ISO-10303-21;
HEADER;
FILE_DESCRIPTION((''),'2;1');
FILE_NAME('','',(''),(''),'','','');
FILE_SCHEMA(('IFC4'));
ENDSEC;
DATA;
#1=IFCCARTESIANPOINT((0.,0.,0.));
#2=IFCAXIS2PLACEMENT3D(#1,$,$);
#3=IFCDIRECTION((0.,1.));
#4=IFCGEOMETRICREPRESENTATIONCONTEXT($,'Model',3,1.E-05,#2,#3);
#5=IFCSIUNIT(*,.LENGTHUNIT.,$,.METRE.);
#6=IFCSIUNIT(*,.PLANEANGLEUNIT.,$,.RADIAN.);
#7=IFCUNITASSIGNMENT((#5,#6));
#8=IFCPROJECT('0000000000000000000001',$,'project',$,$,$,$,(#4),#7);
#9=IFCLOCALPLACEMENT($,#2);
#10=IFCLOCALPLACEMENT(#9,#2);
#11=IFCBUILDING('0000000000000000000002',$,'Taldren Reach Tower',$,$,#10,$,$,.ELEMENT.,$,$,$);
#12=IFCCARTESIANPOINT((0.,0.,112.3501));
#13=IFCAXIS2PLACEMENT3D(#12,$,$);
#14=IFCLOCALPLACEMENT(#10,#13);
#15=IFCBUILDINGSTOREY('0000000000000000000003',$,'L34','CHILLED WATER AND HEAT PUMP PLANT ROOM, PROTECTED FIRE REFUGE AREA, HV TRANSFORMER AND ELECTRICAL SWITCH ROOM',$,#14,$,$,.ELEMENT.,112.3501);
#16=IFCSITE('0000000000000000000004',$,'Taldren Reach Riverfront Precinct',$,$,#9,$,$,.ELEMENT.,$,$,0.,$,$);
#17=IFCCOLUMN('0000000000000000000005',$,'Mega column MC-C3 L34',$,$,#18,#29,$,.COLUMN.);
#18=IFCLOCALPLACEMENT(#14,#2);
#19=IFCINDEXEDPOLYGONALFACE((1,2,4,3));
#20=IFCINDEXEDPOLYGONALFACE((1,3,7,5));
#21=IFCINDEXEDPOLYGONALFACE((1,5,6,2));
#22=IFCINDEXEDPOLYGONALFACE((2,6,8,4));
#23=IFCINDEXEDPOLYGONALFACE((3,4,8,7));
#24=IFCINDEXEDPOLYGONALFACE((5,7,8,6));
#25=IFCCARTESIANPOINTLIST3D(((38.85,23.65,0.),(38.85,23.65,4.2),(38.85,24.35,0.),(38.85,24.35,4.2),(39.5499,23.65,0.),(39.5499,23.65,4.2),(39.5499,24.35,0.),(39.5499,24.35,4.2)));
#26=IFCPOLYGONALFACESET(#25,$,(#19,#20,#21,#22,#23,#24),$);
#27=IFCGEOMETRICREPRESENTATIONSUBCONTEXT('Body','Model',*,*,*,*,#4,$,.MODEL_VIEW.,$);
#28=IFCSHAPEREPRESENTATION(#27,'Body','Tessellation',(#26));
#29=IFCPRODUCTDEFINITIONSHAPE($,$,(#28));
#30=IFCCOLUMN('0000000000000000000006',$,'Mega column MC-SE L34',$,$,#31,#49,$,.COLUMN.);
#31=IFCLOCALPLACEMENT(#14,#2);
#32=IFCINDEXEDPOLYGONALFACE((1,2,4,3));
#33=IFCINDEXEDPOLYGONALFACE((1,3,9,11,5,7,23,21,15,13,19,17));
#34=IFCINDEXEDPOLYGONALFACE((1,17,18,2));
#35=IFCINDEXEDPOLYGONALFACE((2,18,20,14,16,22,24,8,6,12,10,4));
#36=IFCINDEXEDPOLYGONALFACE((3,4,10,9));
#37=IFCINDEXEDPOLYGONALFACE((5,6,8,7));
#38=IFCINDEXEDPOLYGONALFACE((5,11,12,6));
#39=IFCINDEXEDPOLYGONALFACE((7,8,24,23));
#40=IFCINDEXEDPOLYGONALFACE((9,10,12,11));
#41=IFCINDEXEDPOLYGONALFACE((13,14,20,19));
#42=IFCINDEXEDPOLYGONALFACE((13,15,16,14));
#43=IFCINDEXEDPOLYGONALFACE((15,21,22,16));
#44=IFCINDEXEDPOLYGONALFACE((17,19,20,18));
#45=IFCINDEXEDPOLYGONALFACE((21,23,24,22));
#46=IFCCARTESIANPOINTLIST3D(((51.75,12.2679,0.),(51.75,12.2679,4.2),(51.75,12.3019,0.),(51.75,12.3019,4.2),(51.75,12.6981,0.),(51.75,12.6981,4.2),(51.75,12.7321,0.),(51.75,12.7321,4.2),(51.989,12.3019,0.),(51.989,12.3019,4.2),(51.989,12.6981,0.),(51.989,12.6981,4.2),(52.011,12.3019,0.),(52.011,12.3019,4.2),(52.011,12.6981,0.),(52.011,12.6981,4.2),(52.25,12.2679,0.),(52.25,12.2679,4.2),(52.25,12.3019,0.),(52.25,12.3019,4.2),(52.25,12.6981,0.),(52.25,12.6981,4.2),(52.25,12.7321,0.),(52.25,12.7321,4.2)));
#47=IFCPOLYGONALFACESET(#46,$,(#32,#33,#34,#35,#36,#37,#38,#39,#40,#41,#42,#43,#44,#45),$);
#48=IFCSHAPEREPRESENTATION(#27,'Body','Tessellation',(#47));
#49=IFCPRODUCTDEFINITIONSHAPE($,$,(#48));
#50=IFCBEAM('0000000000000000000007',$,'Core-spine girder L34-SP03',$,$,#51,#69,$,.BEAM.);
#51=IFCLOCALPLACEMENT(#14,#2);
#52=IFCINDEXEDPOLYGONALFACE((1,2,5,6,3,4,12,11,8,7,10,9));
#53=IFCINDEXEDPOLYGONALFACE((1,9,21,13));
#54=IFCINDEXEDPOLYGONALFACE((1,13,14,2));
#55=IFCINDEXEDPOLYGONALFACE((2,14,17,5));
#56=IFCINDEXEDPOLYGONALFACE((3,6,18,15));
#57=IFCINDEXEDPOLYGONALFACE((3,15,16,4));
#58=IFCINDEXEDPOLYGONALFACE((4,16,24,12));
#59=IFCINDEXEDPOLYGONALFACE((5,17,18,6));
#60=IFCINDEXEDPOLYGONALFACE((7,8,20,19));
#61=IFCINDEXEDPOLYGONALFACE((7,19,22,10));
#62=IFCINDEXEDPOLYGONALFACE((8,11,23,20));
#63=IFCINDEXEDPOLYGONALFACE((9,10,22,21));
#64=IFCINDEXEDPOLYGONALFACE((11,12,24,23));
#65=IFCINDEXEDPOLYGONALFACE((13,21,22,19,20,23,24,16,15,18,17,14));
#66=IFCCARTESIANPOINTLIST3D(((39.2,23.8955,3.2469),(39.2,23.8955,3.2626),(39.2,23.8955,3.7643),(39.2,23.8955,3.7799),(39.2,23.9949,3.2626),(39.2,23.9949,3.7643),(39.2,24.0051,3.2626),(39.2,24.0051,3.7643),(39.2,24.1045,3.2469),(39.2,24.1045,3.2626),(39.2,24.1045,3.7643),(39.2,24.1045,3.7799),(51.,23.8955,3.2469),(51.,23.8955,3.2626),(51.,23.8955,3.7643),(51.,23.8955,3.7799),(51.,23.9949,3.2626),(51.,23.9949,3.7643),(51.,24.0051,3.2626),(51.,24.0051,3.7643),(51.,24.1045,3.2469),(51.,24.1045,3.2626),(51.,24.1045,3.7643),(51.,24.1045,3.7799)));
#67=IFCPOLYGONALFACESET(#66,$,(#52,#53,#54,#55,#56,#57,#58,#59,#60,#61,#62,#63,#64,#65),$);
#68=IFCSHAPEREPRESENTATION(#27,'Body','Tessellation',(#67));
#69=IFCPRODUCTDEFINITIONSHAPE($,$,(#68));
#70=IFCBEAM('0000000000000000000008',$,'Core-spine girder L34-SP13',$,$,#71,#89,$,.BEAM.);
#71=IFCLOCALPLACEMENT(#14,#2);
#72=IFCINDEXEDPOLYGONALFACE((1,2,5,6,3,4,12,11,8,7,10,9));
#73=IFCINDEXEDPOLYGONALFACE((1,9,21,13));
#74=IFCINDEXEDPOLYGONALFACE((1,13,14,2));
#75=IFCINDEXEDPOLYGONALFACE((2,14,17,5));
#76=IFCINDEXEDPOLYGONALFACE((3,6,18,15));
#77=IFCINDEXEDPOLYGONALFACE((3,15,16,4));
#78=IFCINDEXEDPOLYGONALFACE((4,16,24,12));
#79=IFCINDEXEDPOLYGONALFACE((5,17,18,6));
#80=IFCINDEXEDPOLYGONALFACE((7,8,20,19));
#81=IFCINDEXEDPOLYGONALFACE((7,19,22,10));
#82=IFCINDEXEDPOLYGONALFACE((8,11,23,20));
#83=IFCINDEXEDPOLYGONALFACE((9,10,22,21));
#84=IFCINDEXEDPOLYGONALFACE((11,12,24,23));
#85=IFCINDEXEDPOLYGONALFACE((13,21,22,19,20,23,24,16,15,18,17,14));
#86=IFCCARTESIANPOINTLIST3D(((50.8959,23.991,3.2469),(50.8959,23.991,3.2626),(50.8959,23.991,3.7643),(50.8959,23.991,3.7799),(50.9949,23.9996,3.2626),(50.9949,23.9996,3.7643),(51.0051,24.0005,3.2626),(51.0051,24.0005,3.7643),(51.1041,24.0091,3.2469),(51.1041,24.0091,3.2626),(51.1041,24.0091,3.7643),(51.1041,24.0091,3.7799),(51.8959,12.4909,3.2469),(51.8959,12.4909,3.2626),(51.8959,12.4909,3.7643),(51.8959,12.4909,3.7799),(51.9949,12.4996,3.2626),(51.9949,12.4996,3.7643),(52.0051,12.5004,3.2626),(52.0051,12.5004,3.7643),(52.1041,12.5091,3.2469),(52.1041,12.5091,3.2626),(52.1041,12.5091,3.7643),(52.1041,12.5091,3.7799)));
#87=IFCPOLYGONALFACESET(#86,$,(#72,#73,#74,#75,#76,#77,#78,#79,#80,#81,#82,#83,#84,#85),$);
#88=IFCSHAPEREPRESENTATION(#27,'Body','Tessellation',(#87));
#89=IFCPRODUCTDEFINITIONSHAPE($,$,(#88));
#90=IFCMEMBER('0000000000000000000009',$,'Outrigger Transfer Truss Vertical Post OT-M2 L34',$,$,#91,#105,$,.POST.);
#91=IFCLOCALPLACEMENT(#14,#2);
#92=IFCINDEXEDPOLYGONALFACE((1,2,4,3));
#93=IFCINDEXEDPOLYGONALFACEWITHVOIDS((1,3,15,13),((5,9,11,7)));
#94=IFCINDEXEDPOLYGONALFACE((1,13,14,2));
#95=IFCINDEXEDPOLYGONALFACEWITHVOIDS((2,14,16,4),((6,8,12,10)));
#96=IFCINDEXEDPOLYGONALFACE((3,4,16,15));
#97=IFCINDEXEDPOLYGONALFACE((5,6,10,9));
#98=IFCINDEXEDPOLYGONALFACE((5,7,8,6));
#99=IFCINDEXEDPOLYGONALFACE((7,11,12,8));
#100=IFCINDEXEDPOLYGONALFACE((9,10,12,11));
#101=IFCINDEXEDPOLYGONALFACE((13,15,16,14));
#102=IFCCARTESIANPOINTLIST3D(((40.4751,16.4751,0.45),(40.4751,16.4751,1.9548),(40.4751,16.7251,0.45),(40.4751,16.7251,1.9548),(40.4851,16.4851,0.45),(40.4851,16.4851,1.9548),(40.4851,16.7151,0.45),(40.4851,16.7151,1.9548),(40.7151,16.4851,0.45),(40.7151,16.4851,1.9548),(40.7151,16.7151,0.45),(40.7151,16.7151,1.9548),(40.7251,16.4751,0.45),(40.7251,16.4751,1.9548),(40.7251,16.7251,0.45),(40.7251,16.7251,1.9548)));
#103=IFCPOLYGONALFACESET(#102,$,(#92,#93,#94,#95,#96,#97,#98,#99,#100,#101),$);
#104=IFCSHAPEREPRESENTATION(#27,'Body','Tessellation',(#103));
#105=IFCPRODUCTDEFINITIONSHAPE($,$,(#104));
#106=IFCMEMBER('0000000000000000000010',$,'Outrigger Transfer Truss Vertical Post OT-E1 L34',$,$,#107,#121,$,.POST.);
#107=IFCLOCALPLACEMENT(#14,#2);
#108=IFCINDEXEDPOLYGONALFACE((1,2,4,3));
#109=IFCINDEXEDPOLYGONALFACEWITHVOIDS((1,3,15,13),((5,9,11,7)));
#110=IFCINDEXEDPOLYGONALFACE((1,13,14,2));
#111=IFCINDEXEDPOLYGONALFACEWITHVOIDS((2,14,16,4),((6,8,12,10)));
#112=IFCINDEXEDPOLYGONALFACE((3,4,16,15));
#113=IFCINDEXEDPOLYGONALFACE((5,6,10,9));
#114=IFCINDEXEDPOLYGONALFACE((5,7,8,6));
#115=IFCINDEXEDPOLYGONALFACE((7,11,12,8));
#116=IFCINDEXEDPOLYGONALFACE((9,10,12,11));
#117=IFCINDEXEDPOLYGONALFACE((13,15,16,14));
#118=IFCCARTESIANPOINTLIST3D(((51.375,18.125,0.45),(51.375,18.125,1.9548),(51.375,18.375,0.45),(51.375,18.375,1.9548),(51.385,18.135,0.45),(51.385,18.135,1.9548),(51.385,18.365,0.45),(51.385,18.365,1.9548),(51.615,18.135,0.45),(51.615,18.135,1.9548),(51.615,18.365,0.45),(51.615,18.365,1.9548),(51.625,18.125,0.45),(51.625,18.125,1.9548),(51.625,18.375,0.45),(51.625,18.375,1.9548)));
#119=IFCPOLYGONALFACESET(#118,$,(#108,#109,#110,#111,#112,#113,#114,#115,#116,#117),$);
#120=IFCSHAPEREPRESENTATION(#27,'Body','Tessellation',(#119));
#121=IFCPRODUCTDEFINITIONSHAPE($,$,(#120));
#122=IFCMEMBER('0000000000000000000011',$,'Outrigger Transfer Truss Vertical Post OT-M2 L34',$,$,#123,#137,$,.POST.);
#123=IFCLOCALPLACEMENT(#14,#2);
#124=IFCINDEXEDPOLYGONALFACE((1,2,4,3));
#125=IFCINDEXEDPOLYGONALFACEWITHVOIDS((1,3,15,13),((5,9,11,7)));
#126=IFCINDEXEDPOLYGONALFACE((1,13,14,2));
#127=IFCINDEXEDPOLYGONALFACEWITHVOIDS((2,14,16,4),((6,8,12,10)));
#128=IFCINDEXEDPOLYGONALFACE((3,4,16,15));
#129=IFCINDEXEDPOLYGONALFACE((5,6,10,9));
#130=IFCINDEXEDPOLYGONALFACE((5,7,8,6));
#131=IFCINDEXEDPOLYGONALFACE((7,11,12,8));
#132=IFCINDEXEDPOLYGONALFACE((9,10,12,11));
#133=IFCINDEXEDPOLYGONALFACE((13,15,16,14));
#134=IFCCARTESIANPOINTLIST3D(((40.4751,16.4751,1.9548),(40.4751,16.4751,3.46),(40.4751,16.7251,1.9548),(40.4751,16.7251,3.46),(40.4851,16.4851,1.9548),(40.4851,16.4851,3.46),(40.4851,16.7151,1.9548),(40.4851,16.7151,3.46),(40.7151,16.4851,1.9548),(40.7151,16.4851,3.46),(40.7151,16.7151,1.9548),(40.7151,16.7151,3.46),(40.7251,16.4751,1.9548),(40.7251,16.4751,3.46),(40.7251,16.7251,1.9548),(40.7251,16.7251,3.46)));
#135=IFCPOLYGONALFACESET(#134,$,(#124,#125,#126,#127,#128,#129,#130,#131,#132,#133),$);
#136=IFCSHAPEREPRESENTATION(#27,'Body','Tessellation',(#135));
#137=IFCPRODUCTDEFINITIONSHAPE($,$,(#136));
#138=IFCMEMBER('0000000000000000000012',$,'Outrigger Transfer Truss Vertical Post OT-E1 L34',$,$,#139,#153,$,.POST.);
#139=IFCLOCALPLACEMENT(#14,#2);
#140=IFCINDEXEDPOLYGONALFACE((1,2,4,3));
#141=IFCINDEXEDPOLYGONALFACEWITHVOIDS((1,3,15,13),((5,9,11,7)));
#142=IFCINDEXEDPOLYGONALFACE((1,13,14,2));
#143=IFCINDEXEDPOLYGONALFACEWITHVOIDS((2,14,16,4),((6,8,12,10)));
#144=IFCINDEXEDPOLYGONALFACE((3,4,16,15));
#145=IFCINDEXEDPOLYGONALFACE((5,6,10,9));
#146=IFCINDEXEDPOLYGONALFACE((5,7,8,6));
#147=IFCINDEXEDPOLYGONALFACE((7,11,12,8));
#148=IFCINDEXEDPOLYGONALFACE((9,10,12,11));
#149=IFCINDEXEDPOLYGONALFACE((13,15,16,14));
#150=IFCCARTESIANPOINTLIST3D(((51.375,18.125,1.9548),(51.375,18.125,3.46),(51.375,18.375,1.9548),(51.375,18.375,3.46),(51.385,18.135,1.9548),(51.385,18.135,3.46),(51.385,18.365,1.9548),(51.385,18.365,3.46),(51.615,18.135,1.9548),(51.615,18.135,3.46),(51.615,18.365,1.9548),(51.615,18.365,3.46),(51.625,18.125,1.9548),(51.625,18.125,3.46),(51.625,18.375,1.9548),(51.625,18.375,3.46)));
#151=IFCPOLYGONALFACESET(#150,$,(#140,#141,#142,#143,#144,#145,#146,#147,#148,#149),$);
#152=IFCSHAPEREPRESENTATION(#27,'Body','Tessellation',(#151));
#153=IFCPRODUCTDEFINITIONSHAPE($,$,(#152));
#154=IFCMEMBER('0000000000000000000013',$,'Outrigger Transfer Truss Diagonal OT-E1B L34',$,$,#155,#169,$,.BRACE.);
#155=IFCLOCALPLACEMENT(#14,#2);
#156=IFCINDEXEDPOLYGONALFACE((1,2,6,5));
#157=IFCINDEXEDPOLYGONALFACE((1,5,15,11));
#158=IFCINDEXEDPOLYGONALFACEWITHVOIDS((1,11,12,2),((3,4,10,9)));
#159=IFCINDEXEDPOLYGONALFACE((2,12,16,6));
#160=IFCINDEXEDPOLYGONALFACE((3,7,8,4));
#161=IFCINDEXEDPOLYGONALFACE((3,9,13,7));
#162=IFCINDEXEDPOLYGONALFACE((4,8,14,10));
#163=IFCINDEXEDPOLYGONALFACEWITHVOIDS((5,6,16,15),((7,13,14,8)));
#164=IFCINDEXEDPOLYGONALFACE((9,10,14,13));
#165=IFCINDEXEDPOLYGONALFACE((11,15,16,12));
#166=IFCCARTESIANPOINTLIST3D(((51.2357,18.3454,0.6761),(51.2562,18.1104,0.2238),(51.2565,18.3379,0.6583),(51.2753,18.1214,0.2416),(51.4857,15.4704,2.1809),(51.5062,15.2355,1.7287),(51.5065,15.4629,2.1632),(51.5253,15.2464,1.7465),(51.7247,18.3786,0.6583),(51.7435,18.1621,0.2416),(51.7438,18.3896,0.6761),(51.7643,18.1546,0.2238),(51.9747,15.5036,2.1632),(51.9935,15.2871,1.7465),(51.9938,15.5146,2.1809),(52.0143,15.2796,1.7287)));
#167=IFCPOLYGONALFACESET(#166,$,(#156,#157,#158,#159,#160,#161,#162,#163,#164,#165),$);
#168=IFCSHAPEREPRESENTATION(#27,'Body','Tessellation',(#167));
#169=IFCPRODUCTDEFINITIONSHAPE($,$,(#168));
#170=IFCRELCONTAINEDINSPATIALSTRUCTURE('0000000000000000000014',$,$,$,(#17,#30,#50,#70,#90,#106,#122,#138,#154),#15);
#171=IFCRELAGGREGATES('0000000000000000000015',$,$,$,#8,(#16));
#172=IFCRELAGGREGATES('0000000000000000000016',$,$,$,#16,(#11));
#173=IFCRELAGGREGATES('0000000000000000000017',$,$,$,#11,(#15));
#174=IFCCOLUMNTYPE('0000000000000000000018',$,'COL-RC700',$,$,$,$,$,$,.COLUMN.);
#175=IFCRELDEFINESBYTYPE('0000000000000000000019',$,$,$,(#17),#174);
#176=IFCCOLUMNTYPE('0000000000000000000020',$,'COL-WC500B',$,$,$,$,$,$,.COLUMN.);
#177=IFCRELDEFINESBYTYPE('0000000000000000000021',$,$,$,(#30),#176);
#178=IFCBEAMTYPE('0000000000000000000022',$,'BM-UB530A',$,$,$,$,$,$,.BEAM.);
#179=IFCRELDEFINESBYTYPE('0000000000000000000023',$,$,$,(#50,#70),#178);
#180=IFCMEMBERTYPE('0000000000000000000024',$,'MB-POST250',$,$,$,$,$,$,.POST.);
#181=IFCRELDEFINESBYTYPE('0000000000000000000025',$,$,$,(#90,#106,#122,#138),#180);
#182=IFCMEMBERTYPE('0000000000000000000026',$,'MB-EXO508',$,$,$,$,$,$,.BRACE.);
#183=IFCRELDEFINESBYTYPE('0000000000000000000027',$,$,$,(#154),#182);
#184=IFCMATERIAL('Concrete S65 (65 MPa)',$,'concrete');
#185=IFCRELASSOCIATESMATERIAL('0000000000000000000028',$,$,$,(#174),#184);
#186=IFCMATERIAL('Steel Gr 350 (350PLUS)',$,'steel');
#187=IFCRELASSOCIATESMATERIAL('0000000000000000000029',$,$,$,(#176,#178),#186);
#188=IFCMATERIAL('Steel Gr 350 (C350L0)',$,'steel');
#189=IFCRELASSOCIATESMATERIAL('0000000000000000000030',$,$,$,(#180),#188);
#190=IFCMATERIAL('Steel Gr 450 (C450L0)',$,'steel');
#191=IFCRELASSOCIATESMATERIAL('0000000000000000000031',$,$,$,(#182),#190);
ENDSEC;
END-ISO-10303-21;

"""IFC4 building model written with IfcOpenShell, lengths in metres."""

from ifc_helpers import new_model, si_unit, direction, frame, origin, origin_2d, place, context, subcontext, project, spatial, rectangle, hollow_rectangle, i_section, extrude, source, transform, mapped, material, material_profile, profile_set, type_object, element, save


model = new_model("IFC4")

# Units and contexts
model_context = context("Model", 3, precision=1e-05, world=origin(), true_north=direction((0.0, 1.0)))
body_context = subcontext(model_context, "Body", "Model", "MODEL_VIEW")
ifc_project = project(units=[si_unit("LENGTHUNIT", "METRE"), si_unit("PLANEANGLEUNIT", "RADIAN")], contexts=[model_context])

# Site, building, storey
site_placement = place(None, origin())
site = spatial("IfcSite", under=ifc_project, at=site_placement, Name="Taldren Reach Riverfront Precinct", CompositionType="ELEMENT", RefElevation=0.0)
building_placement = place(site_placement, origin())
building = spatial("IfcBuilding", under=site, at=building_placement, Name="Taldren Reach Tower", CompositionType="ELEMENT")
storey_placement = place(building_placement, frame((0.0, 0.0, 112.3501)))
storey = spatial("IfcBuildingStorey", under=building, at=storey_placement, Name="L34", Description="CHILLED WATER AND HEAT PUMP PLANT ROOM, PROTECTED FIRE REFUGE AREA, HV TRANSFORMER AND ELECTRICAL SWITCH ROOM", CompositionType="ELEMENT", Elevation=112.3501)

# Columns
ifc_material_1 = material(Name="Concrete S65 (65 MPa)", Category="concrete")
ifc_material_profile_1 = material_profile(ifc_material_1, rectangle(XDim=0.7, YDim=0.7, at=origin_2d()), Name="RC-700x700")
ifc_profile_set_1 = profile_set([ifc_material_profile_1], Name="Concrete S65 (65 MPa)")
column_type_1 = type_object("IfcColumnType", Name="COL-RC700", PredefinedType="COLUMN", material=ifc_profile_set_1)
shared_shape_1 = source(origin(), body_context, "Body", "SweptSolid", [
    extrude(rectangle(XDim=0.7, YDim=0.7, at=origin_2d()), origin(), (0.0, 0.0, 1.0), 4.2),
])
column_1_placement = place(storey_placement, frame((39.2, 24.0, 0.0), z_axis=(0.0, 0.0, 1.0), x_axis=(1.0, 0.0, 0.0)))
element("IfcColumn", 1, at=column_1_placement, inside=storey, type_object=column_type_1, Name="Mega column MC-C3 L34", PredefinedType="COLUMN", context=body_context, shape_type="MappedRepresentation", body=[
    mapped(shared_shape_1, transform((0.0, 0.0, 0.0), scale=1.0)),
])
ifc_material_2 = material(Name="Steel Gr 350 (350PLUS)", Category="steel")
ifc_material_profile_2 = material_profile(ifc_material_2, i_section(OverallWidth=0.5, OverallDepth=0.4641, WebThickness=0.022, FlangeThickness=0.0339, at=origin_2d()), Name="500WC340")
ifc_profile_set_2 = profile_set([ifc_material_profile_2], Name="Steel Gr 350 (350PLUS)")
column_type_2 = type_object("IfcColumnType", Name="COL-WC500B", PredefinedType="COLUMN", material=ifc_profile_set_2)
shared_shape_2 = source(origin(), body_context, "Body", "SweptSolid", [
    extrude(i_section(OverallWidth=0.5, OverallDepth=0.4641, WebThickness=0.022, FlangeThickness=0.0339, at=origin_2d()), origin(), (0.0, 0.0, 1.0), 4.2),
])
column_2_placement = place(storey_placement, frame((52.0, 12.5, 0.0), z_axis=(0.0, 0.0, 1.0), x_axis=(1.0, 0.0, 0.0)))
element("IfcColumn", 2, at=column_2_placement, inside=storey, type_object=column_type_2, Name="Mega column MC-SE L34", PredefinedType="COLUMN", context=body_context, shape_type="MappedRepresentation", body=[
    mapped(shared_shape_2, transform((0.0, 0.0, 0.0), scale=1.0)),
])

# Beams
ifc_material_profile_3 = material_profile(ifc_material_2, i_section(OverallWidth=0.209, OverallDepth=0.533, WebThickness=0.0103, FlangeThickness=0.0156, at=origin_2d()), Name="530UB92.4")
ifc_profile_set_3 = profile_set([ifc_material_profile_3], Name="Steel Gr 350 (350PLUS)")
beam_type_1 = type_object("IfcBeamType", Name="BM-UB530A", PredefinedType="BEAM", material=ifc_profile_set_3)
shared_shape_3 = source(origin(), body_context, "Body", "SweptSolid", [
    extrude(i_section(OverallWidth=0.209, OverallDepth=0.533, WebThickness=0.0103, FlangeThickness=0.0156, at=origin_2d()), origin(), (0.0, 0.0, 1.0), 11.8),
])
beam_1_placement = place(storey_placement, frame((39.2, 24.0, 3.5134), z_axis=(1.0, 0.0, 0.0), x_axis=(0.0, 1.0, 0.0)))
element("IfcBeam", 3, at=beam_1_placement, inside=storey, type_object=beam_type_1, Name="Core-spine girder L34-SP03", PredefinedType="BEAM", context=body_context, shape_type="MappedRepresentation", body=[
    mapped(shared_shape_3, transform((0.0, 0.0, 0.0), scale=1.0)),
])
shared_shape_4 = source(origin(), body_context, "Body", "SweptSolid", [
    extrude(i_section(OverallWidth=0.209, OverallDepth=0.533, WebThickness=0.0103, FlangeThickness=0.0156, at=origin_2d()), origin(), (0.0, 0.0, 1.0), 11.5435),
])
beam_2_placement = place(storey_placement, frame((52.0, 12.5, 3.5134), z_axis=(-0.08663, 0.996241, 0.0), x_axis=(-0.996241, -0.08663, 0.0)))
element("IfcBeam", 4, at=beam_2_placement, inside=storey, type_object=beam_type_1, Name="Core-spine girder L34-SP13", PredefinedType="BEAM", context=body_context, shape_type="MappedRepresentation", body=[
    mapped(shared_shape_4, transform((0.0, 0.0, 0.0), scale=1.0)),
])

# Members
ifc_material_3 = material(Name="Steel Gr 350 (C350L0)", Category="steel")
ifc_material_profile_4 = material_profile(ifc_material_3, hollow_rectangle(XDim=0.25, YDim=0.25, WallThickness=0.01, at=origin_2d()), Name="250x250x10.0SHS")
ifc_profile_set_4 = profile_set([ifc_material_profile_4], Name="Steel Gr 350 (C350L0)")
member_type_1 = type_object("IfcMemberType", Name="MB-POST250", PredefinedType="POST", material=ifc_profile_set_4)
shared_shape_5 = source(origin(), body_context, "Body", "SweptSolid", [
    extrude(hollow_rectangle(XDim=0.25, YDim=0.25, WallThickness=0.01, at=origin_2d()), origin(), (0.0, 0.0, 1.0), 1.5049),
])
for number, where, z_axis, x_axis, name in (
    (5, (40.6001, 16.6001, 0.45), (0.0, 0.0, 1.0), (1.0, 0.0, 0.0), "Outrigger Transfer Truss Vertical Post OT-M2 L34"),
    (6, (51.5, 18.25, 0.45), (0.0, 0.0, 1.0), (1.0, 0.0, 0.0), "Outrigger Transfer Truss Vertical Post OT-E1 L34"),
):
    element("IfcMember", number, at=place(storey_placement, frame(where, z_axis=z_axis, x_axis=x_axis)), inside=storey, type_object=member_type_1, Name=name, PredefinedType="POST", context=body_context, shape_type="MappedRepresentation", body=[
        mapped(shared_shape_5, transform((0.0, 0.0, 0.0), scale=1.0)),
    ])
shared_shape_6 = source(origin(), body_context, "Body", "SweptSolid", [
    extrude(hollow_rectangle(XDim=0.25, YDim=0.25, WallThickness=0.01, at=origin_2d()), origin(), (0.0, 0.0, 1.0), 1.5051),
])
for number, where, z_axis, x_axis, name in (
    (7, (40.6001, 16.6001, 1.9548), (0.0, 0.0, 1.0), (1.0, 0.0, 0.0), "Outrigger Transfer Truss Vertical Post OT-M2 L34"),
    (8, (51.5, 18.25, 1.9548), (0.0, 0.0, 1.0), (1.0, 0.0, 0.0), "Outrigger Transfer Truss Vertical Post OT-E1 L34"),
):
    element("IfcMember", number, at=place(storey_placement, frame(where, z_axis=z_axis, x_axis=x_axis)), inside=storey, type_object=member_type_1, Name=name, PredefinedType="POST", context=body_context, shape_type="MappedRepresentation", body=[
        mapped(shared_shape_6, transform((0.0, 0.0, 0.0), scale=1.0)),
    ])
ifc_material_4 = material(Name="Steel Gr 450 (C450L0)", Category="steel")
ifc_material_profile_5 = material_profile(ifc_material_4, hollow_rectangle(XDim=0.51, YDim=0.51, WallThickness=0.02, at=origin_2d()), Name="510x510x20.0SHS")
ifc_profile_set_5 = profile_set([ifc_material_profile_5], Name="Steel Gr 450 (C450L0)")
member_type_2 = type_object("IfcMemberType", Name="MB-EXO508", PredefinedType="BRACE", material=ifc_profile_set_5)
shared_shape_7 = source(origin(), body_context, "Body", "SweptSolid", [
    extrude(hollow_rectangle(XDim=0.51, YDim=0.51, WallThickness=0.02, at=origin_2d()), origin(), (0.0, 0.0, 1.0), 3.2546),
])
member_1_placement = place(storey_placement, frame((51.5, 18.25, 0.45), z_axis=(0.076813, -0.883349, 0.462378), x_axis=(0.996241, 0.08663, 0.0)))
element("IfcMember", 9, at=member_1_placement, inside=storey, type_object=member_type_2, Name="Outrigger Transfer Truss Diagonal OT-E1B L34", PredefinedType="BRACE", context=body_context, shape_type="MappedRepresentation", body=[
    mapped(shared_shape_7, transform((0.0, 0.0, 0.0), scale=1.0)),
])

save(model, "model.ifc")
